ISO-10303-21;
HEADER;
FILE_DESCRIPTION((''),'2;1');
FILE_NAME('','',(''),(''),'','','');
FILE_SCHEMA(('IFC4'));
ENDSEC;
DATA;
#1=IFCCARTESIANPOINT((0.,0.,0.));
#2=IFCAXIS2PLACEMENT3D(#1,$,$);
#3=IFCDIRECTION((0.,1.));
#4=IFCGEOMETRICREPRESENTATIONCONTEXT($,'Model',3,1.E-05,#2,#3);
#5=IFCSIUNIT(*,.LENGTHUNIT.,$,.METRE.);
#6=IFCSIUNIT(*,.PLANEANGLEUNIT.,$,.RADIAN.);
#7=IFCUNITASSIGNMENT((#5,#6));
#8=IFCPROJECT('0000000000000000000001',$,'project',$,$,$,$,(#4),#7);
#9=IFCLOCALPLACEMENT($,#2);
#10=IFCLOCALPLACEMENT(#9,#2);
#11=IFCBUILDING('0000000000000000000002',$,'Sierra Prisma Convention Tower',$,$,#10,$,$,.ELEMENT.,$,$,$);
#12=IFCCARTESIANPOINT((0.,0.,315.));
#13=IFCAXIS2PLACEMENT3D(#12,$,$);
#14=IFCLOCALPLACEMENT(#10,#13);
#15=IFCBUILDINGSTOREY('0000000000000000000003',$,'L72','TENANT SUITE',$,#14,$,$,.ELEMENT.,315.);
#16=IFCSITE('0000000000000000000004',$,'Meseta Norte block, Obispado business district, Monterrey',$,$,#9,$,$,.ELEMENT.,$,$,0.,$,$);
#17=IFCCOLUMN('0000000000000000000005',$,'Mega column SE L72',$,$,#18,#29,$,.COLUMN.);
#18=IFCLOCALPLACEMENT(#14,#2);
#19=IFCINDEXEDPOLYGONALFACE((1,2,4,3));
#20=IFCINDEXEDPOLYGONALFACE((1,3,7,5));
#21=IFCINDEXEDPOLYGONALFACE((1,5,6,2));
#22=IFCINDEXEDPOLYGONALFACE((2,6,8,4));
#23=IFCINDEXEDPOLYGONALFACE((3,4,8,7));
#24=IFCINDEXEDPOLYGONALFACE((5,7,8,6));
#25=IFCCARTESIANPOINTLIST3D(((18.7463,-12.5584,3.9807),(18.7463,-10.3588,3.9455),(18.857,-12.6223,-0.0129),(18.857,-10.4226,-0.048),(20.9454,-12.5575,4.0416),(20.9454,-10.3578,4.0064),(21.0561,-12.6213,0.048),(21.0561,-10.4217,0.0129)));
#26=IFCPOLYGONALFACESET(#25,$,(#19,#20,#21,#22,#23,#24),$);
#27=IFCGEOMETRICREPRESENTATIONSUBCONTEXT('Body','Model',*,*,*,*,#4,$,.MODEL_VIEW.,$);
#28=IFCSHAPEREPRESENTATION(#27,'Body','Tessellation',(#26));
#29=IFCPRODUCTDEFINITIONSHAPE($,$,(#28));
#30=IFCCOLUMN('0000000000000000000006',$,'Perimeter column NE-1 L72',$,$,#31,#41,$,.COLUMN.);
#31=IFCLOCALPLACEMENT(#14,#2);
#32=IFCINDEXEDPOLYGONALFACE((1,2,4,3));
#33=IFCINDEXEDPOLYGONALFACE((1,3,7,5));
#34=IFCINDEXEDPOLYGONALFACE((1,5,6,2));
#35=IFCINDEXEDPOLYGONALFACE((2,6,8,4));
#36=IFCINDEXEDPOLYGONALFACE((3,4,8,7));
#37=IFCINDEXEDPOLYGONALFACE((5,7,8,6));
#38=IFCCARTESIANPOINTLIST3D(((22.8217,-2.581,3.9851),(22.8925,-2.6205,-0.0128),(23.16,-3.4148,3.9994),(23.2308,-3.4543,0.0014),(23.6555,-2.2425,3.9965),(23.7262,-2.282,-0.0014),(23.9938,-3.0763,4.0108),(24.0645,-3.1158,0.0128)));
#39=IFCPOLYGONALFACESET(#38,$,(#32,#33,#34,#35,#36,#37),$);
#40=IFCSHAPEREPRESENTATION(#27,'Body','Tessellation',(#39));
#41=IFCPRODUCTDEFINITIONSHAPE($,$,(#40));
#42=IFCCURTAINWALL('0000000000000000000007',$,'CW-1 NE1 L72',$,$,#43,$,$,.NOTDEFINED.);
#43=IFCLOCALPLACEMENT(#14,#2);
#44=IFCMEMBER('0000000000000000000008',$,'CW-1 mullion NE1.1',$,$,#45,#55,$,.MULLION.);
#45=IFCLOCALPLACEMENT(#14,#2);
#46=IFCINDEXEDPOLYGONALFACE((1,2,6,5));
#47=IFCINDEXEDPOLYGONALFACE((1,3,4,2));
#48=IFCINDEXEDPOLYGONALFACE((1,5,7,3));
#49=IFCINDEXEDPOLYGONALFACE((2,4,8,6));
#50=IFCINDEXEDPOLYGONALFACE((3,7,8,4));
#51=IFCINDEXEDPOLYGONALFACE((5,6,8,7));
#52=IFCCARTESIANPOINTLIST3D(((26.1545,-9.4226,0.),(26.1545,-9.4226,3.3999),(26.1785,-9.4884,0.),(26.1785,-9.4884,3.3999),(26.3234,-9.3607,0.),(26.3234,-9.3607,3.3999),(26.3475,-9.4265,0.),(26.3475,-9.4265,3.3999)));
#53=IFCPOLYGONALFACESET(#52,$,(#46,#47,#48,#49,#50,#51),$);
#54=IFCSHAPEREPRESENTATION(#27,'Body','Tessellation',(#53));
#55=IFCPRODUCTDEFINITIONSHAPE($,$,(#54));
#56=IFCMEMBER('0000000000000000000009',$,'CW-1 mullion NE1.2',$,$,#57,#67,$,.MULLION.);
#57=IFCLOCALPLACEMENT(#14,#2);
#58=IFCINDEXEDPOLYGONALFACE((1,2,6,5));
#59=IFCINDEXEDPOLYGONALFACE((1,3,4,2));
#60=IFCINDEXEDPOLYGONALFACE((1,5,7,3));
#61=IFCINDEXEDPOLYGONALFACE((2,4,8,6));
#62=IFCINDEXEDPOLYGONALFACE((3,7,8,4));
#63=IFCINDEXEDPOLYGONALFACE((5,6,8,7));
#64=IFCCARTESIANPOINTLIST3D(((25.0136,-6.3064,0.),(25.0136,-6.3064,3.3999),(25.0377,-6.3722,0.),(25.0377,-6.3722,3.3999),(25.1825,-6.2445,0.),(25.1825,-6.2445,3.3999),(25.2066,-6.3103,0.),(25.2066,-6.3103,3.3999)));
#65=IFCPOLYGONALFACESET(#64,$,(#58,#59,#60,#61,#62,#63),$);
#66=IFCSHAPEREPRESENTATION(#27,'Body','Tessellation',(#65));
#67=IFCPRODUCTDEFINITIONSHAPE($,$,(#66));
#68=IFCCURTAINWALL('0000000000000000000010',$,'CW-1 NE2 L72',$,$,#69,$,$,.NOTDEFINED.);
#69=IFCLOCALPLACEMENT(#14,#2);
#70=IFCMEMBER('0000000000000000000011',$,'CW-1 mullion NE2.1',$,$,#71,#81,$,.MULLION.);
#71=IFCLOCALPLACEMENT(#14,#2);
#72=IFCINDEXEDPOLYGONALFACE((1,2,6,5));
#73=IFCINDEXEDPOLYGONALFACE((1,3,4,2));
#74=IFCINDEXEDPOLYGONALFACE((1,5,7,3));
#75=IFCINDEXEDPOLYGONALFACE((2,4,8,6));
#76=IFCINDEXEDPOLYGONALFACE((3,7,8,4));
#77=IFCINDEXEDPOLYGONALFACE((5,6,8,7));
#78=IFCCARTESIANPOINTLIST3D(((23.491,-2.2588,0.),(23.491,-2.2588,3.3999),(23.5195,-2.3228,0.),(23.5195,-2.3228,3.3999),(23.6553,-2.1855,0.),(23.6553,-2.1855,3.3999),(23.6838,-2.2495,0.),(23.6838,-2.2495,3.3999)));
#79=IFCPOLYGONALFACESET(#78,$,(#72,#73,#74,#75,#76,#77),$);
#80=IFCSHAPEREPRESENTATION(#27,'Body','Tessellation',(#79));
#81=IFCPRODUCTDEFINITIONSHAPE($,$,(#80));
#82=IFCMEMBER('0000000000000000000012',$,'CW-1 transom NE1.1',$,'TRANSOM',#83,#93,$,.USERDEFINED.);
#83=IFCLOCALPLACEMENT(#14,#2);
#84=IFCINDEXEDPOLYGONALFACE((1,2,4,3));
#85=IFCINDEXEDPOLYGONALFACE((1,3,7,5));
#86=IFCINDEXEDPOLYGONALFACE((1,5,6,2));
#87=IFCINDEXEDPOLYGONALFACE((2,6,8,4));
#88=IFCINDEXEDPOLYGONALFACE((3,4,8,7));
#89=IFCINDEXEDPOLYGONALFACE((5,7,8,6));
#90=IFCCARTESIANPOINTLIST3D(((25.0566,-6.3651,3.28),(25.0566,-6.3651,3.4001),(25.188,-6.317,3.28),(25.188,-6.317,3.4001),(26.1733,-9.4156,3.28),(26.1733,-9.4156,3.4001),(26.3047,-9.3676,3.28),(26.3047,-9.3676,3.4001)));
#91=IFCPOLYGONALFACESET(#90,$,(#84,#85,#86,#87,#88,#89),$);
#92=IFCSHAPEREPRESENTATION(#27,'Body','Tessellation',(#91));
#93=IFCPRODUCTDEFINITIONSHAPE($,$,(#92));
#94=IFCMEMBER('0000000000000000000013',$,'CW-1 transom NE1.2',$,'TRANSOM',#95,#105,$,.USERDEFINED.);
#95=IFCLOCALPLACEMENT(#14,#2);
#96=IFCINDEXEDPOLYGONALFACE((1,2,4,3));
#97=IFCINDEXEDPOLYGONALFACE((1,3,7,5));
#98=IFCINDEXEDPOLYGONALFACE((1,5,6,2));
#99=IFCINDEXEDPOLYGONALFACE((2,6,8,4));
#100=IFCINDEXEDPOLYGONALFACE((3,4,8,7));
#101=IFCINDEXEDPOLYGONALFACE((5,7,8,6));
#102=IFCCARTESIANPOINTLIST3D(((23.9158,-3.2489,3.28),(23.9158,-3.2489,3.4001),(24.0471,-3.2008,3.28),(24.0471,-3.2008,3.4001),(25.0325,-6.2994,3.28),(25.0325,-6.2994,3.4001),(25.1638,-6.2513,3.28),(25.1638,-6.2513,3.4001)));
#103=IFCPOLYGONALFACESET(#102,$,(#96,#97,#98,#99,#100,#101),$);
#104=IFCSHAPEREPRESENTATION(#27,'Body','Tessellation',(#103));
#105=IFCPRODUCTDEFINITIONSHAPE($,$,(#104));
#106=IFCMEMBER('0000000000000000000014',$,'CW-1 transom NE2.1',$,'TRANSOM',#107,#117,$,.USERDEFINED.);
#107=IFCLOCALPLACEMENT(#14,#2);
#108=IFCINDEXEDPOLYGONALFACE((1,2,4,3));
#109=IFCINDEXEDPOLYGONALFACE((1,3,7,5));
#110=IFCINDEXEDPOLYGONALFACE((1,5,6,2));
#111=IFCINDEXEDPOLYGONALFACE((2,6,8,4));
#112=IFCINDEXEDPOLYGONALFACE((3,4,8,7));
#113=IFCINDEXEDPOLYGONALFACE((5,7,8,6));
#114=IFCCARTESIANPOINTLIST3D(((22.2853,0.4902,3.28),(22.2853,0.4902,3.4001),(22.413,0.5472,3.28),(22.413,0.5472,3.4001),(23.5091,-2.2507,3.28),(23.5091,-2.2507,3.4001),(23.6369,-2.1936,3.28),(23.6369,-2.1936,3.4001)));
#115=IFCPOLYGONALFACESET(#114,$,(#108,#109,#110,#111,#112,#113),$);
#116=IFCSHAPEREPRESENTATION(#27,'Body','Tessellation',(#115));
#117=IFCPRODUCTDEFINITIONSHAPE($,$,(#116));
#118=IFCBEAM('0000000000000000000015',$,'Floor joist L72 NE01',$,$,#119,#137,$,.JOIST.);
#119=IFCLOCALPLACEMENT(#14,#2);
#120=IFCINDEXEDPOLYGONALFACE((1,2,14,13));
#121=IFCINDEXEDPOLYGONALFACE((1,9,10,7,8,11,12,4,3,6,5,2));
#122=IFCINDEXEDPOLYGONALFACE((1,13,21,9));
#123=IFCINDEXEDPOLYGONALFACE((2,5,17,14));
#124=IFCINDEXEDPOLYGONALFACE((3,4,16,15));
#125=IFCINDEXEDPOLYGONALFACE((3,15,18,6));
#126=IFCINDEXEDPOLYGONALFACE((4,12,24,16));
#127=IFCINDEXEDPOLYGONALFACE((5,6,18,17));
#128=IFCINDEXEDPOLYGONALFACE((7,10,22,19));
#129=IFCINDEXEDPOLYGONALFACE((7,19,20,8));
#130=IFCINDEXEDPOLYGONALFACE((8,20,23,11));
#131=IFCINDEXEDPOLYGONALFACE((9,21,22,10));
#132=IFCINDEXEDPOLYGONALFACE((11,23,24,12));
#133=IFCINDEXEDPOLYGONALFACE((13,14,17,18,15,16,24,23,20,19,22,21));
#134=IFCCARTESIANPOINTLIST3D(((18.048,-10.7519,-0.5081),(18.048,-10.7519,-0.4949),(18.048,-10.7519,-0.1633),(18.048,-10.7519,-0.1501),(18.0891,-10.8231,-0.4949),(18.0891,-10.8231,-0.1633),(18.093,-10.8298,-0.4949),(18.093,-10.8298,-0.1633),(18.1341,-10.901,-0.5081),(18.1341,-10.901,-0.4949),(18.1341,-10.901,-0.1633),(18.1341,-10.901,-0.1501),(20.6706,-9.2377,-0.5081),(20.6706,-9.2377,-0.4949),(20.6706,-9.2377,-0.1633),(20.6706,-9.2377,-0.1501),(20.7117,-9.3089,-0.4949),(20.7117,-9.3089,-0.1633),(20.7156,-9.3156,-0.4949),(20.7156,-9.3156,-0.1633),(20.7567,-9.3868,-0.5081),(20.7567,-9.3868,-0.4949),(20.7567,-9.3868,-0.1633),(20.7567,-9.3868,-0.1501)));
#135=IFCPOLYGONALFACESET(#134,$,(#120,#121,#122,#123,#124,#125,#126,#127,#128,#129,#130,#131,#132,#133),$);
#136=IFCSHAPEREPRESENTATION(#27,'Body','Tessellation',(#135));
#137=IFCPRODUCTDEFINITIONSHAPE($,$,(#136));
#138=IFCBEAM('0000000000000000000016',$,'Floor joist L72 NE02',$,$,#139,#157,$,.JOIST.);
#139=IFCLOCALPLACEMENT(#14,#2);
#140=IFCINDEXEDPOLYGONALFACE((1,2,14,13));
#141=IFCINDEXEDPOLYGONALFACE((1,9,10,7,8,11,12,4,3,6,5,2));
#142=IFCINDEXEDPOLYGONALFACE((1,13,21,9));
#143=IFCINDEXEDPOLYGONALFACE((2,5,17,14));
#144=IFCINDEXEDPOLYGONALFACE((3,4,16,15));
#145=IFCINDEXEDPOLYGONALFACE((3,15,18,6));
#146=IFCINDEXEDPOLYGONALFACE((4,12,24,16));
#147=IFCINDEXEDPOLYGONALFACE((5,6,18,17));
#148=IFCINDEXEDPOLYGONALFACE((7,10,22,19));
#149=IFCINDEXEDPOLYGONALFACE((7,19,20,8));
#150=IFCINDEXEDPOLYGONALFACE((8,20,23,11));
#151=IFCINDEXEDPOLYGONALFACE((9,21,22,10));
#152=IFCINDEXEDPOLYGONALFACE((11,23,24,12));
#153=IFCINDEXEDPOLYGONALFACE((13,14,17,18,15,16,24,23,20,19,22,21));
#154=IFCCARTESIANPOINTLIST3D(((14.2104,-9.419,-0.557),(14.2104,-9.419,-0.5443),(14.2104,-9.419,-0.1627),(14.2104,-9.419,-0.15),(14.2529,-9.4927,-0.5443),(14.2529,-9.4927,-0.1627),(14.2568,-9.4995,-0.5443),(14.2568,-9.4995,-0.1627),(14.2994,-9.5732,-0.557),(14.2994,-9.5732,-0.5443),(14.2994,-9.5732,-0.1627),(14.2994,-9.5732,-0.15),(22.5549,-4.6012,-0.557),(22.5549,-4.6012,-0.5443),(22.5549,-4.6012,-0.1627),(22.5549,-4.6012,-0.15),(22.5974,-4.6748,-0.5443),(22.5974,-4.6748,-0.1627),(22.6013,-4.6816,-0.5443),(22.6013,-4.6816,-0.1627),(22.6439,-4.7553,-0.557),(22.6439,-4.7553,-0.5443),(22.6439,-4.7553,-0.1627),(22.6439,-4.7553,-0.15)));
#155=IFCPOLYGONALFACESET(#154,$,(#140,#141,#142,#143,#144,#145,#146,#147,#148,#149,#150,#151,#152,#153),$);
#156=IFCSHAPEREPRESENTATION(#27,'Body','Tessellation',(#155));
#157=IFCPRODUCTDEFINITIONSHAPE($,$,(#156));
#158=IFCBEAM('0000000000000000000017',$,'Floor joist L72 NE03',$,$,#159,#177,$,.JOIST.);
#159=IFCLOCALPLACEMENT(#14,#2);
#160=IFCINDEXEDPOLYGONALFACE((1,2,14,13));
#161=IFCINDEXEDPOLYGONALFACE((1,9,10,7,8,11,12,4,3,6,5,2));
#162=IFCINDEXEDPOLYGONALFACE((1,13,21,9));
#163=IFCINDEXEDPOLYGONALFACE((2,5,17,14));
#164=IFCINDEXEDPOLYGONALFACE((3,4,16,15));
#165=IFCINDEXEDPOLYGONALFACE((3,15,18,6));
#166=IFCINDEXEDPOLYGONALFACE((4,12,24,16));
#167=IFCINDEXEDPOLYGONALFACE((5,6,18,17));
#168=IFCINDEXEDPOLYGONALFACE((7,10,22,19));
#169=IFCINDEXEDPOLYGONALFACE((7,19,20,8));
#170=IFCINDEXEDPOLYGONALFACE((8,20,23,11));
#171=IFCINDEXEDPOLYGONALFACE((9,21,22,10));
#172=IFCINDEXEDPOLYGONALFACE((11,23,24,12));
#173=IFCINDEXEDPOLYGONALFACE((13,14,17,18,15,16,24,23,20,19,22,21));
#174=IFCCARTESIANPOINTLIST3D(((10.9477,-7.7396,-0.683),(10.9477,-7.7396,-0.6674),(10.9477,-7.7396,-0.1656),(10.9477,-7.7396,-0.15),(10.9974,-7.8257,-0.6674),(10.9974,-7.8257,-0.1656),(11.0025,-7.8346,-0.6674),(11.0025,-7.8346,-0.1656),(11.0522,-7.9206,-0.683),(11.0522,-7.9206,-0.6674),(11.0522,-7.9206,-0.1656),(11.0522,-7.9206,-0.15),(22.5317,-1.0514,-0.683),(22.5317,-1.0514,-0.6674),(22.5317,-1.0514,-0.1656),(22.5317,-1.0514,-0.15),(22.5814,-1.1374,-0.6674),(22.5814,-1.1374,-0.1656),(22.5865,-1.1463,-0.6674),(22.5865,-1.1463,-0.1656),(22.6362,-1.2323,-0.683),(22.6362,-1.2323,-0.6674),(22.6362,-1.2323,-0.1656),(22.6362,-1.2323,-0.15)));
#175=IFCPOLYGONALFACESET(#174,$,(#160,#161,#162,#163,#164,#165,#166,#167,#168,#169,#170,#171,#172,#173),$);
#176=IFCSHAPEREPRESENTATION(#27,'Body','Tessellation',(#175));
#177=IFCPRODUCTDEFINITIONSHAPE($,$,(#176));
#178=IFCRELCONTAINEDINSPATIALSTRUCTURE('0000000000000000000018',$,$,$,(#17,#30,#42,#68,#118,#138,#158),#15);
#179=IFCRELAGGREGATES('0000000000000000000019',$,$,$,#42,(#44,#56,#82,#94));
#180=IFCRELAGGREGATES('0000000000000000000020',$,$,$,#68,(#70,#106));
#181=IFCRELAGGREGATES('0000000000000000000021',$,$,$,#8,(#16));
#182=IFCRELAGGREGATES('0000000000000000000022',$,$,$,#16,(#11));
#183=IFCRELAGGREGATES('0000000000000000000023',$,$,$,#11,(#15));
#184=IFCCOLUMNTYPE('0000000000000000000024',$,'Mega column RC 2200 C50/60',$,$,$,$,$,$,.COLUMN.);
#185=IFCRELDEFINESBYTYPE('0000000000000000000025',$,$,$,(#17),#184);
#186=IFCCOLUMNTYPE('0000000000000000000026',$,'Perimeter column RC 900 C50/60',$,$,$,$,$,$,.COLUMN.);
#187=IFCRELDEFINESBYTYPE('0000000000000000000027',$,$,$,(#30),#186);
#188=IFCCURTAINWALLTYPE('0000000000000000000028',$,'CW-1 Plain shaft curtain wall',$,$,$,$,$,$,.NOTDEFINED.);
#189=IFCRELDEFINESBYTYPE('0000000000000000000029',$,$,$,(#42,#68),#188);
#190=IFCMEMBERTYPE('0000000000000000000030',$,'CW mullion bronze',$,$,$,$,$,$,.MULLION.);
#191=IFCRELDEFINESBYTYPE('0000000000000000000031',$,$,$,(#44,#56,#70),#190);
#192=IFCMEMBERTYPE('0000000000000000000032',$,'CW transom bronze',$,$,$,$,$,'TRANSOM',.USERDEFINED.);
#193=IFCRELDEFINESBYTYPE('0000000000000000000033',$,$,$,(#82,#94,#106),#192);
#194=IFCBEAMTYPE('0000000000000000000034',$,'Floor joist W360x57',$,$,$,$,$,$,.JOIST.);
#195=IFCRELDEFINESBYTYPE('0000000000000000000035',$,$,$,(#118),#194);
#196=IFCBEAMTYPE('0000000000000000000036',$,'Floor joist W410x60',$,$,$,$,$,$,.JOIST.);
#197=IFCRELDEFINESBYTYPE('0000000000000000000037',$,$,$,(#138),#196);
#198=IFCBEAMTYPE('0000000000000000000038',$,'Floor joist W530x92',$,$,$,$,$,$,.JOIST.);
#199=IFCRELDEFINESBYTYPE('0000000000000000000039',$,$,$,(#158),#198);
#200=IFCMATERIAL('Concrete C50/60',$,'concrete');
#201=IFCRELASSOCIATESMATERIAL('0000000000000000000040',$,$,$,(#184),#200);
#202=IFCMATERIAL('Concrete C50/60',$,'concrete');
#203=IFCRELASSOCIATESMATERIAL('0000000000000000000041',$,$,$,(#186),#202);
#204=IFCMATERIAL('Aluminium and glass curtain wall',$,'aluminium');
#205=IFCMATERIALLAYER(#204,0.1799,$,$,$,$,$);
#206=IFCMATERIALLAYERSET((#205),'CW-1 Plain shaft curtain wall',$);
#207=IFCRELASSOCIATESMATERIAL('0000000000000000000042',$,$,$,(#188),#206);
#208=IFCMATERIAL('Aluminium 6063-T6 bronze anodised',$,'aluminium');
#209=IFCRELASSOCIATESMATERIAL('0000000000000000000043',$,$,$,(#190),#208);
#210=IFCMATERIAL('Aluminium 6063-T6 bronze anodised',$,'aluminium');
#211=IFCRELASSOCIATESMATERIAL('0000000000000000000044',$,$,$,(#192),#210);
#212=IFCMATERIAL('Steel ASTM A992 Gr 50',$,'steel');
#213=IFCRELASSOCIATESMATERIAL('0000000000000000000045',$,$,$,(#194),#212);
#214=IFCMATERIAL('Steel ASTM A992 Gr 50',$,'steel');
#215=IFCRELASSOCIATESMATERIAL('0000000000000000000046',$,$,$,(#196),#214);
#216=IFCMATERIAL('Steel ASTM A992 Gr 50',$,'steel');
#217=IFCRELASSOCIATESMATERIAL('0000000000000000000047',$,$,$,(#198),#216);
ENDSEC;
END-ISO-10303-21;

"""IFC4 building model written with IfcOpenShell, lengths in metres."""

from ifc_helpers import new_model, si_unit, direction, frame, origin, origin_2d, place, context, subcontext, project, spatial, rectangle, i_section, extrude, clip, halfspace, material, layer, layer_set, material_profile, profile_set, type_object, element, aggregate, save


model = new_model("IFC4")

# Units and contexts
model_context = context("Model", 3, precision=1e-05, world=origin(), true_north=direction((0.0, 1.0)))
body_context = subcontext(model_context, "Body", "Model", "MODEL_VIEW")
ifc_project = project(units=[si_unit("LENGTHUNIT", "METRE"), si_unit("PLANEANGLEUNIT", "RADIAN")], contexts=[model_context])

# Site, building, storey
site_placement = place(None, origin())
site = spatial("IfcSite", under=ifc_project, at=site_placement, Name="Meseta Norte block, Obispado business district, Monterrey", CompositionType="ELEMENT", RefElevation=0.0)
building_placement = place(site_placement, origin())
building = spatial("IfcBuilding", under=site, at=building_placement, Name="Sierra Prisma Convention Tower", CompositionType="ELEMENT")
storey_placement = place(building_placement, frame((0.0, 0.0, 315.0)))
storey = spatial("IfcBuildingStorey", under=building, at=storey_placement, Name="L72", Description="TENANT SUITE", CompositionType="ELEMENT", Elevation=315.0)

# Columns
ifc_material_1 = material(Name="Concrete C50/60", Category="concrete")
ifc_material_profile_1 = material_profile(ifc_material_1, rectangle(XDim=2.2, YDim=2.2, at=origin_2d()), Name="Mega column RC 2200 C50/60")
ifc_profile_set_1 = profile_set([ifc_material_profile_1], Name="Concrete C50/60")
column_type_1 = type_object("IfcColumnType", Name="Mega column RC 2200 C50/60", PredefinedType="COLUMN", material=ifc_profile_set_1)
column_1_placement = place(storey_placement, frame((19.9565, -11.522, 0.0), z_axis=(-0.027696, 0.015983, 0.999489), x_axis=(0.999616, 0.000443, 0.027692)))
element("IfcColumn", 1, at=column_1_placement, inside=storey, type_object=column_type_1, Name="Mega column SE L72", PredefinedType="COLUMN", context=body_context, shape_type="SweptSolid", body=[
    clip(extrude(rectangle(XDim=2.2, YDim=2.2, at=origin_2d()), origin(), (0.0, 0.0, 1.0), 4.002), halfspace(frame((0.0, 0.0, 3.9956)), False)),
])
ifc_material_2 = material(Name="Concrete C50/60", Category="concrete")
ifc_material_profile_2 = material_profile(ifc_material_2, rectangle(XDim=0.8999, YDim=0.8999, at=origin_2d()), Name="Perimeter column RC 900 C50/60")
ifc_profile_set_2 = profile_set([ifc_material_profile_2], Name="Concrete C50/60")
column_type_2 = type_object("IfcColumnType", Name="Perimeter column RC 900 C50/60", PredefinedType="COLUMN", material=ifc_profile_set_2)
column_2_placement = place(storey_placement, frame((23.4785, -2.8682, 0.0), z_axis=(-0.017697, 0.009886, 0.999795), x_axis=(-0.375915, 0.926519, -0.015815)))
element("IfcColumn", 2, at=column_2_placement, inside=storey, type_object=column_type_2, Name="Perimeter column NE-1 L72", PredefinedType="COLUMN", context=body_context, shape_type="SweptSolid", body=[
    clip(extrude(rectangle(XDim=0.8999, YDim=0.8999, at=origin_2d()), origin(), (0.0, 0.0, 1.0), 4.0007), halfspace(frame((0.0, 0.0, 3.9988)), False)),
])

# Curtain wall, members
ifc_material_3 = material(Name="Aluminium and glass curtain wall", Category="aluminium")
ifc_layer_1 = layer(ifc_material_3, 0.1799)
ifc_layer_set_1 = layer_set([ifc_layer_1], Name="CW-1 Plain shaft curtain wall")
curtain_wall_type = type_object("IfcCurtainWallType", Name="CW-1 Plain shaft curtain wall", PredefinedType="NOTDEFINED", material=ifc_layer_set_1)
curtain_wall_1_placement = place(storey_placement, origin())
curtain_wall_1 = element("IfcCurtainWall", 3, at=curtain_wall_1_placement, inside=storey, type_object=curtain_wall_type, Name="CW-1 NE1 L72", PredefinedType="NOTDEFINED")
ifc_material_4 = material(Name="Aluminium 6063-T6 bronze anodised", Category="aluminium")
ifc_material_profile_3 = material_profile(ifc_material_4, rectangle(XDim=0.1799, YDim=0.0701, at=origin_2d()), Name="ALU MULLION 70x180")
ifc_profile_set_3 = profile_set([ifc_material_profile_3], Name="Aluminium 6063-T6 bronze anodised")
member_type_1 = type_object("IfcMemberType", Name="CW mullion bronze", PredefinedType="MULLION", material=ifc_profile_set_3)
member_1_placement = place(storey_placement, frame((26.251, -9.4246, 0.0), z_axis=(0.0, 0.0, 1.0), x_axis=(-0.93906, -0.343753, 0.0)))
member_1 = element("IfcMember", 4, at=member_1_placement, type_object=member_type_1, Name="CW-1 mullion NE1.1", PredefinedType="MULLION", context=body_context, shape_type="SweptSolid", body=[
    extrude(rectangle(XDim=0.1799, YDim=0.0701, at=origin_2d()), origin(), (0.0, 0.0, 1.0), 3.3999),
])
member_2_placement = place(storey_placement, frame((25.1101, -6.3083, 0.0), z_axis=(0.0, 0.0, 1.0), x_axis=(-0.93906, -0.343753, 0.0)))
member_2 = element("IfcMember", 5, at=member_2_placement, type_object=member_type_1, Name="CW-1 mullion NE1.2", PredefinedType="MULLION", context=body_context, shape_type="SweptSolid", body=[
    extrude(rectangle(XDim=0.1799, YDim=0.0701, at=origin_2d()), origin(), (0.0, 0.0, 1.0), 3.3999),
])

# Curtain wall, member
curtain_wall_2_placement = place(storey_placement, origin())
curtain_wall_2 = element("IfcCurtainWall", 6, at=curtain_wall_2_placement, inside=storey, type_object=curtain_wall_type, Name="CW-1 NE2 L72", PredefinedType="NOTDEFINED")
member_3_placement = place(storey_placement, frame((23.5874, -2.2542, 0.0), z_axis=(0.0, 0.0, 1.0), x_axis=(-0.913095, -0.407747, 0.0)))
member_3 = element("IfcMember", 7, at=member_3_placement, type_object=member_type_1, Name="CW-1 mullion NE2.1", PredefinedType="MULLION", context=body_context, shape_type="SweptSolid", body=[
    extrude(rectangle(XDim=0.1799, YDim=0.0701, at=origin_2d()), origin(), (0.0, 0.0, 1.0), 3.3999),
])

# Members
ifc_material_5 = material(Name="Aluminium 6063-T6 bronze anodised", Category="aluminium")
ifc_material_profile_4 = material_profile(ifc_material_5, rectangle(XDim=0.1399, YDim=0.1201, at=origin_2d()), Name="ALU TRANSOM 120x140")
ifc_profile_set_4 = profile_set([ifc_material_profile_4], Name="Aluminium 6063-T6 bronze anodised")
member_type_2 = type_object("IfcMemberType", Name="CW transom bronze", ElementType="TRANSOM", PredefinedType="USERDEFINED", material=ifc_profile_set_4)
member_4_placement = place(storey_placement, frame((26.239, -9.3916, 3.3401), z_axis=(-0.343758, 0.939058, 0.0), x_axis=(-0.939058, -0.343758, 0.0)))
member_4 = element("IfcMember", 8, at=member_4_placement, type_object=member_type_2, Name="CW-1 transom NE1.1", ObjectType="TRANSOM", PredefinedType="USERDEFINED", context=body_context, shape_type="SweptSolid", body=[
    extrude(rectangle(XDim=0.1399, YDim=0.1201, at=origin_2d()), origin(), (0.0, 0.0, 1.0), 3.2485),
])
member_5_placement = place(storey_placement, frame((25.0981, -6.2754, 3.3401), z_axis=(-0.343758, 0.939058, 0.0), x_axis=(-0.939058, -0.343758, 0.0)))
member_5 = element("IfcMember", 9, at=member_5_placement, type_object=member_type_2, Name="CW-1 transom NE1.2", ObjectType="TRANSOM", PredefinedType="USERDEFINED", context=body_context, shape_type="SweptSolid", body=[
    extrude(rectangle(XDim=0.1399, YDim=0.1201, at=origin_2d()), origin(), (0.0, 0.0, 1.0), 3.2485),
])
member_6_placement = place(storey_placement, frame((23.573, -2.2222, 3.3401), z_axis=(-0.407715, 0.913109, 0.0), x_axis=(-0.913109, -0.407715, 0.0)))
member_6 = element("IfcMember", 10, at=member_6_placement, type_object=member_type_2, Name="CW-1 transom NE2.1", ObjectType="TRANSOM", PredefinedType="USERDEFINED", context=body_context, shape_type="SweptSolid", body=[
    extrude(rectangle(XDim=0.1399, YDim=0.1201, at=origin_2d()), origin(), (0.0, 0.0, 1.0), 3.0017),
])

# Beams
ifc_material_6 = material(Name="Steel ASTM A992 Gr 50", Category="steel")
ifc_material_profile_5 = material_profile(ifc_material_6, i_section(OverallWidth=0.1721, OverallDepth=0.3579, WebThickness=0.0078, FlangeThickness=0.0132, at=origin_2d()), Name="W360x57")
ifc_profile_set_5 = profile_set([ifc_material_profile_5], Name="Steel ASTM A992 Gr 50")
beam_type_1 = type_object("IfcBeamType", Name="Floor joist W360x57", PredefinedType="JOIST", material=ifc_profile_set_5)
beam_1_placement = place(storey_placement, frame((20.7136, -9.3123, -0.3291), z_axis=(-0.866022, -0.500006, 0.0), x_axis=(0.500006, -0.866022, 0.0)))
element("IfcBeam", 11, at=beam_1_placement, inside=storey, type_object=beam_type_1, Name="Floor joist L72 NE01", PredefinedType="JOIST", context=body_context, shape_type="SweptSolid", body=[
    extrude(i_section(OverallWidth=0.1721, OverallDepth=0.3579, WebThickness=0.0078, FlangeThickness=0.0132, at=origin_2d()), origin(), (0.0, 0.0, 1.0), 3.0283),
])
ifc_material_7 = material(Name="Steel ASTM A992 Gr 50", Category="steel")
ifc_material_profile_6 = material_profile(ifc_material_7, i_section(OverallWidth=0.178, OverallDepth=0.407, WebThickness=0.0078, FlangeThickness=0.0127, at=origin_2d()), Name="W410x60")
ifc_profile_set_6 = profile_set([ifc_material_profile_6], Name="Steel ASTM A992 Gr 50")
beam_type_2 = type_object("IfcBeamType", Name="Floor joist W410x60", PredefinedType="JOIST", material=ifc_profile_set_6)
beam_2_placement = place(storey_placement, frame((22.5994, -4.6782, -0.3535), z_axis=(-0.866017, -0.500014, 0.0), x_axis=(0.500014, -0.866017, 0.0)))
element("IfcBeam", 12, at=beam_2_placement, inside=storey, type_object=beam_type_2, Name="Floor joist L72 NE02", PredefinedType="JOIST", context=body_context, shape_type="SweptSolid", body=[
    extrude(i_section(OverallWidth=0.178, OverallDepth=0.407, WebThickness=0.0078, FlangeThickness=0.0127, at=origin_2d()), origin(), (0.0, 0.0, 1.0), 9.6355),
])
ifc_material_8 = material(Name="Steel ASTM A992 Gr 50", Category="steel")
ifc_material_profile_7 = material_profile(ifc_material_8, i_section(OverallWidth=0.209, OverallDepth=0.533, WebThickness=0.0103, FlangeThickness=0.0156, at=origin_2d()), Name="W530x92")
ifc_profile_set_7 = profile_set([ifc_material_profile_7], Name="Steel ASTM A992 Gr 50")
beam_type_3 = type_object("IfcBeamType", Name="Floor joist W530x92", PredefinedType="JOIST", material=ifc_profile_set_7)
beam_3_placement = place(storey_placement, frame((22.584, -1.1418, -0.4165), z_axis=(-0.866018, -0.500012, 0.0), x_axis=(0.500012, -0.866018, 0.0)))
element("IfcBeam", 13, at=beam_3_placement, inside=storey, type_object=beam_type_3, Name="Floor joist L72 NE03", PredefinedType="JOIST", context=body_context, shape_type="SweptSolid", body=[
    extrude(i_section(OverallWidth=0.209, OverallDepth=0.533, WebThickness=0.0103, FlangeThickness=0.0156, at=origin_2d()), origin(), (0.0, 0.0, 1.0), 13.3762),
])

aggregate(curtain_wall_1, [member_1, member_2, member_4, member_5])
aggregate(curtain_wall_2, [member_3, member_6])

save(model, "model.ifc")
